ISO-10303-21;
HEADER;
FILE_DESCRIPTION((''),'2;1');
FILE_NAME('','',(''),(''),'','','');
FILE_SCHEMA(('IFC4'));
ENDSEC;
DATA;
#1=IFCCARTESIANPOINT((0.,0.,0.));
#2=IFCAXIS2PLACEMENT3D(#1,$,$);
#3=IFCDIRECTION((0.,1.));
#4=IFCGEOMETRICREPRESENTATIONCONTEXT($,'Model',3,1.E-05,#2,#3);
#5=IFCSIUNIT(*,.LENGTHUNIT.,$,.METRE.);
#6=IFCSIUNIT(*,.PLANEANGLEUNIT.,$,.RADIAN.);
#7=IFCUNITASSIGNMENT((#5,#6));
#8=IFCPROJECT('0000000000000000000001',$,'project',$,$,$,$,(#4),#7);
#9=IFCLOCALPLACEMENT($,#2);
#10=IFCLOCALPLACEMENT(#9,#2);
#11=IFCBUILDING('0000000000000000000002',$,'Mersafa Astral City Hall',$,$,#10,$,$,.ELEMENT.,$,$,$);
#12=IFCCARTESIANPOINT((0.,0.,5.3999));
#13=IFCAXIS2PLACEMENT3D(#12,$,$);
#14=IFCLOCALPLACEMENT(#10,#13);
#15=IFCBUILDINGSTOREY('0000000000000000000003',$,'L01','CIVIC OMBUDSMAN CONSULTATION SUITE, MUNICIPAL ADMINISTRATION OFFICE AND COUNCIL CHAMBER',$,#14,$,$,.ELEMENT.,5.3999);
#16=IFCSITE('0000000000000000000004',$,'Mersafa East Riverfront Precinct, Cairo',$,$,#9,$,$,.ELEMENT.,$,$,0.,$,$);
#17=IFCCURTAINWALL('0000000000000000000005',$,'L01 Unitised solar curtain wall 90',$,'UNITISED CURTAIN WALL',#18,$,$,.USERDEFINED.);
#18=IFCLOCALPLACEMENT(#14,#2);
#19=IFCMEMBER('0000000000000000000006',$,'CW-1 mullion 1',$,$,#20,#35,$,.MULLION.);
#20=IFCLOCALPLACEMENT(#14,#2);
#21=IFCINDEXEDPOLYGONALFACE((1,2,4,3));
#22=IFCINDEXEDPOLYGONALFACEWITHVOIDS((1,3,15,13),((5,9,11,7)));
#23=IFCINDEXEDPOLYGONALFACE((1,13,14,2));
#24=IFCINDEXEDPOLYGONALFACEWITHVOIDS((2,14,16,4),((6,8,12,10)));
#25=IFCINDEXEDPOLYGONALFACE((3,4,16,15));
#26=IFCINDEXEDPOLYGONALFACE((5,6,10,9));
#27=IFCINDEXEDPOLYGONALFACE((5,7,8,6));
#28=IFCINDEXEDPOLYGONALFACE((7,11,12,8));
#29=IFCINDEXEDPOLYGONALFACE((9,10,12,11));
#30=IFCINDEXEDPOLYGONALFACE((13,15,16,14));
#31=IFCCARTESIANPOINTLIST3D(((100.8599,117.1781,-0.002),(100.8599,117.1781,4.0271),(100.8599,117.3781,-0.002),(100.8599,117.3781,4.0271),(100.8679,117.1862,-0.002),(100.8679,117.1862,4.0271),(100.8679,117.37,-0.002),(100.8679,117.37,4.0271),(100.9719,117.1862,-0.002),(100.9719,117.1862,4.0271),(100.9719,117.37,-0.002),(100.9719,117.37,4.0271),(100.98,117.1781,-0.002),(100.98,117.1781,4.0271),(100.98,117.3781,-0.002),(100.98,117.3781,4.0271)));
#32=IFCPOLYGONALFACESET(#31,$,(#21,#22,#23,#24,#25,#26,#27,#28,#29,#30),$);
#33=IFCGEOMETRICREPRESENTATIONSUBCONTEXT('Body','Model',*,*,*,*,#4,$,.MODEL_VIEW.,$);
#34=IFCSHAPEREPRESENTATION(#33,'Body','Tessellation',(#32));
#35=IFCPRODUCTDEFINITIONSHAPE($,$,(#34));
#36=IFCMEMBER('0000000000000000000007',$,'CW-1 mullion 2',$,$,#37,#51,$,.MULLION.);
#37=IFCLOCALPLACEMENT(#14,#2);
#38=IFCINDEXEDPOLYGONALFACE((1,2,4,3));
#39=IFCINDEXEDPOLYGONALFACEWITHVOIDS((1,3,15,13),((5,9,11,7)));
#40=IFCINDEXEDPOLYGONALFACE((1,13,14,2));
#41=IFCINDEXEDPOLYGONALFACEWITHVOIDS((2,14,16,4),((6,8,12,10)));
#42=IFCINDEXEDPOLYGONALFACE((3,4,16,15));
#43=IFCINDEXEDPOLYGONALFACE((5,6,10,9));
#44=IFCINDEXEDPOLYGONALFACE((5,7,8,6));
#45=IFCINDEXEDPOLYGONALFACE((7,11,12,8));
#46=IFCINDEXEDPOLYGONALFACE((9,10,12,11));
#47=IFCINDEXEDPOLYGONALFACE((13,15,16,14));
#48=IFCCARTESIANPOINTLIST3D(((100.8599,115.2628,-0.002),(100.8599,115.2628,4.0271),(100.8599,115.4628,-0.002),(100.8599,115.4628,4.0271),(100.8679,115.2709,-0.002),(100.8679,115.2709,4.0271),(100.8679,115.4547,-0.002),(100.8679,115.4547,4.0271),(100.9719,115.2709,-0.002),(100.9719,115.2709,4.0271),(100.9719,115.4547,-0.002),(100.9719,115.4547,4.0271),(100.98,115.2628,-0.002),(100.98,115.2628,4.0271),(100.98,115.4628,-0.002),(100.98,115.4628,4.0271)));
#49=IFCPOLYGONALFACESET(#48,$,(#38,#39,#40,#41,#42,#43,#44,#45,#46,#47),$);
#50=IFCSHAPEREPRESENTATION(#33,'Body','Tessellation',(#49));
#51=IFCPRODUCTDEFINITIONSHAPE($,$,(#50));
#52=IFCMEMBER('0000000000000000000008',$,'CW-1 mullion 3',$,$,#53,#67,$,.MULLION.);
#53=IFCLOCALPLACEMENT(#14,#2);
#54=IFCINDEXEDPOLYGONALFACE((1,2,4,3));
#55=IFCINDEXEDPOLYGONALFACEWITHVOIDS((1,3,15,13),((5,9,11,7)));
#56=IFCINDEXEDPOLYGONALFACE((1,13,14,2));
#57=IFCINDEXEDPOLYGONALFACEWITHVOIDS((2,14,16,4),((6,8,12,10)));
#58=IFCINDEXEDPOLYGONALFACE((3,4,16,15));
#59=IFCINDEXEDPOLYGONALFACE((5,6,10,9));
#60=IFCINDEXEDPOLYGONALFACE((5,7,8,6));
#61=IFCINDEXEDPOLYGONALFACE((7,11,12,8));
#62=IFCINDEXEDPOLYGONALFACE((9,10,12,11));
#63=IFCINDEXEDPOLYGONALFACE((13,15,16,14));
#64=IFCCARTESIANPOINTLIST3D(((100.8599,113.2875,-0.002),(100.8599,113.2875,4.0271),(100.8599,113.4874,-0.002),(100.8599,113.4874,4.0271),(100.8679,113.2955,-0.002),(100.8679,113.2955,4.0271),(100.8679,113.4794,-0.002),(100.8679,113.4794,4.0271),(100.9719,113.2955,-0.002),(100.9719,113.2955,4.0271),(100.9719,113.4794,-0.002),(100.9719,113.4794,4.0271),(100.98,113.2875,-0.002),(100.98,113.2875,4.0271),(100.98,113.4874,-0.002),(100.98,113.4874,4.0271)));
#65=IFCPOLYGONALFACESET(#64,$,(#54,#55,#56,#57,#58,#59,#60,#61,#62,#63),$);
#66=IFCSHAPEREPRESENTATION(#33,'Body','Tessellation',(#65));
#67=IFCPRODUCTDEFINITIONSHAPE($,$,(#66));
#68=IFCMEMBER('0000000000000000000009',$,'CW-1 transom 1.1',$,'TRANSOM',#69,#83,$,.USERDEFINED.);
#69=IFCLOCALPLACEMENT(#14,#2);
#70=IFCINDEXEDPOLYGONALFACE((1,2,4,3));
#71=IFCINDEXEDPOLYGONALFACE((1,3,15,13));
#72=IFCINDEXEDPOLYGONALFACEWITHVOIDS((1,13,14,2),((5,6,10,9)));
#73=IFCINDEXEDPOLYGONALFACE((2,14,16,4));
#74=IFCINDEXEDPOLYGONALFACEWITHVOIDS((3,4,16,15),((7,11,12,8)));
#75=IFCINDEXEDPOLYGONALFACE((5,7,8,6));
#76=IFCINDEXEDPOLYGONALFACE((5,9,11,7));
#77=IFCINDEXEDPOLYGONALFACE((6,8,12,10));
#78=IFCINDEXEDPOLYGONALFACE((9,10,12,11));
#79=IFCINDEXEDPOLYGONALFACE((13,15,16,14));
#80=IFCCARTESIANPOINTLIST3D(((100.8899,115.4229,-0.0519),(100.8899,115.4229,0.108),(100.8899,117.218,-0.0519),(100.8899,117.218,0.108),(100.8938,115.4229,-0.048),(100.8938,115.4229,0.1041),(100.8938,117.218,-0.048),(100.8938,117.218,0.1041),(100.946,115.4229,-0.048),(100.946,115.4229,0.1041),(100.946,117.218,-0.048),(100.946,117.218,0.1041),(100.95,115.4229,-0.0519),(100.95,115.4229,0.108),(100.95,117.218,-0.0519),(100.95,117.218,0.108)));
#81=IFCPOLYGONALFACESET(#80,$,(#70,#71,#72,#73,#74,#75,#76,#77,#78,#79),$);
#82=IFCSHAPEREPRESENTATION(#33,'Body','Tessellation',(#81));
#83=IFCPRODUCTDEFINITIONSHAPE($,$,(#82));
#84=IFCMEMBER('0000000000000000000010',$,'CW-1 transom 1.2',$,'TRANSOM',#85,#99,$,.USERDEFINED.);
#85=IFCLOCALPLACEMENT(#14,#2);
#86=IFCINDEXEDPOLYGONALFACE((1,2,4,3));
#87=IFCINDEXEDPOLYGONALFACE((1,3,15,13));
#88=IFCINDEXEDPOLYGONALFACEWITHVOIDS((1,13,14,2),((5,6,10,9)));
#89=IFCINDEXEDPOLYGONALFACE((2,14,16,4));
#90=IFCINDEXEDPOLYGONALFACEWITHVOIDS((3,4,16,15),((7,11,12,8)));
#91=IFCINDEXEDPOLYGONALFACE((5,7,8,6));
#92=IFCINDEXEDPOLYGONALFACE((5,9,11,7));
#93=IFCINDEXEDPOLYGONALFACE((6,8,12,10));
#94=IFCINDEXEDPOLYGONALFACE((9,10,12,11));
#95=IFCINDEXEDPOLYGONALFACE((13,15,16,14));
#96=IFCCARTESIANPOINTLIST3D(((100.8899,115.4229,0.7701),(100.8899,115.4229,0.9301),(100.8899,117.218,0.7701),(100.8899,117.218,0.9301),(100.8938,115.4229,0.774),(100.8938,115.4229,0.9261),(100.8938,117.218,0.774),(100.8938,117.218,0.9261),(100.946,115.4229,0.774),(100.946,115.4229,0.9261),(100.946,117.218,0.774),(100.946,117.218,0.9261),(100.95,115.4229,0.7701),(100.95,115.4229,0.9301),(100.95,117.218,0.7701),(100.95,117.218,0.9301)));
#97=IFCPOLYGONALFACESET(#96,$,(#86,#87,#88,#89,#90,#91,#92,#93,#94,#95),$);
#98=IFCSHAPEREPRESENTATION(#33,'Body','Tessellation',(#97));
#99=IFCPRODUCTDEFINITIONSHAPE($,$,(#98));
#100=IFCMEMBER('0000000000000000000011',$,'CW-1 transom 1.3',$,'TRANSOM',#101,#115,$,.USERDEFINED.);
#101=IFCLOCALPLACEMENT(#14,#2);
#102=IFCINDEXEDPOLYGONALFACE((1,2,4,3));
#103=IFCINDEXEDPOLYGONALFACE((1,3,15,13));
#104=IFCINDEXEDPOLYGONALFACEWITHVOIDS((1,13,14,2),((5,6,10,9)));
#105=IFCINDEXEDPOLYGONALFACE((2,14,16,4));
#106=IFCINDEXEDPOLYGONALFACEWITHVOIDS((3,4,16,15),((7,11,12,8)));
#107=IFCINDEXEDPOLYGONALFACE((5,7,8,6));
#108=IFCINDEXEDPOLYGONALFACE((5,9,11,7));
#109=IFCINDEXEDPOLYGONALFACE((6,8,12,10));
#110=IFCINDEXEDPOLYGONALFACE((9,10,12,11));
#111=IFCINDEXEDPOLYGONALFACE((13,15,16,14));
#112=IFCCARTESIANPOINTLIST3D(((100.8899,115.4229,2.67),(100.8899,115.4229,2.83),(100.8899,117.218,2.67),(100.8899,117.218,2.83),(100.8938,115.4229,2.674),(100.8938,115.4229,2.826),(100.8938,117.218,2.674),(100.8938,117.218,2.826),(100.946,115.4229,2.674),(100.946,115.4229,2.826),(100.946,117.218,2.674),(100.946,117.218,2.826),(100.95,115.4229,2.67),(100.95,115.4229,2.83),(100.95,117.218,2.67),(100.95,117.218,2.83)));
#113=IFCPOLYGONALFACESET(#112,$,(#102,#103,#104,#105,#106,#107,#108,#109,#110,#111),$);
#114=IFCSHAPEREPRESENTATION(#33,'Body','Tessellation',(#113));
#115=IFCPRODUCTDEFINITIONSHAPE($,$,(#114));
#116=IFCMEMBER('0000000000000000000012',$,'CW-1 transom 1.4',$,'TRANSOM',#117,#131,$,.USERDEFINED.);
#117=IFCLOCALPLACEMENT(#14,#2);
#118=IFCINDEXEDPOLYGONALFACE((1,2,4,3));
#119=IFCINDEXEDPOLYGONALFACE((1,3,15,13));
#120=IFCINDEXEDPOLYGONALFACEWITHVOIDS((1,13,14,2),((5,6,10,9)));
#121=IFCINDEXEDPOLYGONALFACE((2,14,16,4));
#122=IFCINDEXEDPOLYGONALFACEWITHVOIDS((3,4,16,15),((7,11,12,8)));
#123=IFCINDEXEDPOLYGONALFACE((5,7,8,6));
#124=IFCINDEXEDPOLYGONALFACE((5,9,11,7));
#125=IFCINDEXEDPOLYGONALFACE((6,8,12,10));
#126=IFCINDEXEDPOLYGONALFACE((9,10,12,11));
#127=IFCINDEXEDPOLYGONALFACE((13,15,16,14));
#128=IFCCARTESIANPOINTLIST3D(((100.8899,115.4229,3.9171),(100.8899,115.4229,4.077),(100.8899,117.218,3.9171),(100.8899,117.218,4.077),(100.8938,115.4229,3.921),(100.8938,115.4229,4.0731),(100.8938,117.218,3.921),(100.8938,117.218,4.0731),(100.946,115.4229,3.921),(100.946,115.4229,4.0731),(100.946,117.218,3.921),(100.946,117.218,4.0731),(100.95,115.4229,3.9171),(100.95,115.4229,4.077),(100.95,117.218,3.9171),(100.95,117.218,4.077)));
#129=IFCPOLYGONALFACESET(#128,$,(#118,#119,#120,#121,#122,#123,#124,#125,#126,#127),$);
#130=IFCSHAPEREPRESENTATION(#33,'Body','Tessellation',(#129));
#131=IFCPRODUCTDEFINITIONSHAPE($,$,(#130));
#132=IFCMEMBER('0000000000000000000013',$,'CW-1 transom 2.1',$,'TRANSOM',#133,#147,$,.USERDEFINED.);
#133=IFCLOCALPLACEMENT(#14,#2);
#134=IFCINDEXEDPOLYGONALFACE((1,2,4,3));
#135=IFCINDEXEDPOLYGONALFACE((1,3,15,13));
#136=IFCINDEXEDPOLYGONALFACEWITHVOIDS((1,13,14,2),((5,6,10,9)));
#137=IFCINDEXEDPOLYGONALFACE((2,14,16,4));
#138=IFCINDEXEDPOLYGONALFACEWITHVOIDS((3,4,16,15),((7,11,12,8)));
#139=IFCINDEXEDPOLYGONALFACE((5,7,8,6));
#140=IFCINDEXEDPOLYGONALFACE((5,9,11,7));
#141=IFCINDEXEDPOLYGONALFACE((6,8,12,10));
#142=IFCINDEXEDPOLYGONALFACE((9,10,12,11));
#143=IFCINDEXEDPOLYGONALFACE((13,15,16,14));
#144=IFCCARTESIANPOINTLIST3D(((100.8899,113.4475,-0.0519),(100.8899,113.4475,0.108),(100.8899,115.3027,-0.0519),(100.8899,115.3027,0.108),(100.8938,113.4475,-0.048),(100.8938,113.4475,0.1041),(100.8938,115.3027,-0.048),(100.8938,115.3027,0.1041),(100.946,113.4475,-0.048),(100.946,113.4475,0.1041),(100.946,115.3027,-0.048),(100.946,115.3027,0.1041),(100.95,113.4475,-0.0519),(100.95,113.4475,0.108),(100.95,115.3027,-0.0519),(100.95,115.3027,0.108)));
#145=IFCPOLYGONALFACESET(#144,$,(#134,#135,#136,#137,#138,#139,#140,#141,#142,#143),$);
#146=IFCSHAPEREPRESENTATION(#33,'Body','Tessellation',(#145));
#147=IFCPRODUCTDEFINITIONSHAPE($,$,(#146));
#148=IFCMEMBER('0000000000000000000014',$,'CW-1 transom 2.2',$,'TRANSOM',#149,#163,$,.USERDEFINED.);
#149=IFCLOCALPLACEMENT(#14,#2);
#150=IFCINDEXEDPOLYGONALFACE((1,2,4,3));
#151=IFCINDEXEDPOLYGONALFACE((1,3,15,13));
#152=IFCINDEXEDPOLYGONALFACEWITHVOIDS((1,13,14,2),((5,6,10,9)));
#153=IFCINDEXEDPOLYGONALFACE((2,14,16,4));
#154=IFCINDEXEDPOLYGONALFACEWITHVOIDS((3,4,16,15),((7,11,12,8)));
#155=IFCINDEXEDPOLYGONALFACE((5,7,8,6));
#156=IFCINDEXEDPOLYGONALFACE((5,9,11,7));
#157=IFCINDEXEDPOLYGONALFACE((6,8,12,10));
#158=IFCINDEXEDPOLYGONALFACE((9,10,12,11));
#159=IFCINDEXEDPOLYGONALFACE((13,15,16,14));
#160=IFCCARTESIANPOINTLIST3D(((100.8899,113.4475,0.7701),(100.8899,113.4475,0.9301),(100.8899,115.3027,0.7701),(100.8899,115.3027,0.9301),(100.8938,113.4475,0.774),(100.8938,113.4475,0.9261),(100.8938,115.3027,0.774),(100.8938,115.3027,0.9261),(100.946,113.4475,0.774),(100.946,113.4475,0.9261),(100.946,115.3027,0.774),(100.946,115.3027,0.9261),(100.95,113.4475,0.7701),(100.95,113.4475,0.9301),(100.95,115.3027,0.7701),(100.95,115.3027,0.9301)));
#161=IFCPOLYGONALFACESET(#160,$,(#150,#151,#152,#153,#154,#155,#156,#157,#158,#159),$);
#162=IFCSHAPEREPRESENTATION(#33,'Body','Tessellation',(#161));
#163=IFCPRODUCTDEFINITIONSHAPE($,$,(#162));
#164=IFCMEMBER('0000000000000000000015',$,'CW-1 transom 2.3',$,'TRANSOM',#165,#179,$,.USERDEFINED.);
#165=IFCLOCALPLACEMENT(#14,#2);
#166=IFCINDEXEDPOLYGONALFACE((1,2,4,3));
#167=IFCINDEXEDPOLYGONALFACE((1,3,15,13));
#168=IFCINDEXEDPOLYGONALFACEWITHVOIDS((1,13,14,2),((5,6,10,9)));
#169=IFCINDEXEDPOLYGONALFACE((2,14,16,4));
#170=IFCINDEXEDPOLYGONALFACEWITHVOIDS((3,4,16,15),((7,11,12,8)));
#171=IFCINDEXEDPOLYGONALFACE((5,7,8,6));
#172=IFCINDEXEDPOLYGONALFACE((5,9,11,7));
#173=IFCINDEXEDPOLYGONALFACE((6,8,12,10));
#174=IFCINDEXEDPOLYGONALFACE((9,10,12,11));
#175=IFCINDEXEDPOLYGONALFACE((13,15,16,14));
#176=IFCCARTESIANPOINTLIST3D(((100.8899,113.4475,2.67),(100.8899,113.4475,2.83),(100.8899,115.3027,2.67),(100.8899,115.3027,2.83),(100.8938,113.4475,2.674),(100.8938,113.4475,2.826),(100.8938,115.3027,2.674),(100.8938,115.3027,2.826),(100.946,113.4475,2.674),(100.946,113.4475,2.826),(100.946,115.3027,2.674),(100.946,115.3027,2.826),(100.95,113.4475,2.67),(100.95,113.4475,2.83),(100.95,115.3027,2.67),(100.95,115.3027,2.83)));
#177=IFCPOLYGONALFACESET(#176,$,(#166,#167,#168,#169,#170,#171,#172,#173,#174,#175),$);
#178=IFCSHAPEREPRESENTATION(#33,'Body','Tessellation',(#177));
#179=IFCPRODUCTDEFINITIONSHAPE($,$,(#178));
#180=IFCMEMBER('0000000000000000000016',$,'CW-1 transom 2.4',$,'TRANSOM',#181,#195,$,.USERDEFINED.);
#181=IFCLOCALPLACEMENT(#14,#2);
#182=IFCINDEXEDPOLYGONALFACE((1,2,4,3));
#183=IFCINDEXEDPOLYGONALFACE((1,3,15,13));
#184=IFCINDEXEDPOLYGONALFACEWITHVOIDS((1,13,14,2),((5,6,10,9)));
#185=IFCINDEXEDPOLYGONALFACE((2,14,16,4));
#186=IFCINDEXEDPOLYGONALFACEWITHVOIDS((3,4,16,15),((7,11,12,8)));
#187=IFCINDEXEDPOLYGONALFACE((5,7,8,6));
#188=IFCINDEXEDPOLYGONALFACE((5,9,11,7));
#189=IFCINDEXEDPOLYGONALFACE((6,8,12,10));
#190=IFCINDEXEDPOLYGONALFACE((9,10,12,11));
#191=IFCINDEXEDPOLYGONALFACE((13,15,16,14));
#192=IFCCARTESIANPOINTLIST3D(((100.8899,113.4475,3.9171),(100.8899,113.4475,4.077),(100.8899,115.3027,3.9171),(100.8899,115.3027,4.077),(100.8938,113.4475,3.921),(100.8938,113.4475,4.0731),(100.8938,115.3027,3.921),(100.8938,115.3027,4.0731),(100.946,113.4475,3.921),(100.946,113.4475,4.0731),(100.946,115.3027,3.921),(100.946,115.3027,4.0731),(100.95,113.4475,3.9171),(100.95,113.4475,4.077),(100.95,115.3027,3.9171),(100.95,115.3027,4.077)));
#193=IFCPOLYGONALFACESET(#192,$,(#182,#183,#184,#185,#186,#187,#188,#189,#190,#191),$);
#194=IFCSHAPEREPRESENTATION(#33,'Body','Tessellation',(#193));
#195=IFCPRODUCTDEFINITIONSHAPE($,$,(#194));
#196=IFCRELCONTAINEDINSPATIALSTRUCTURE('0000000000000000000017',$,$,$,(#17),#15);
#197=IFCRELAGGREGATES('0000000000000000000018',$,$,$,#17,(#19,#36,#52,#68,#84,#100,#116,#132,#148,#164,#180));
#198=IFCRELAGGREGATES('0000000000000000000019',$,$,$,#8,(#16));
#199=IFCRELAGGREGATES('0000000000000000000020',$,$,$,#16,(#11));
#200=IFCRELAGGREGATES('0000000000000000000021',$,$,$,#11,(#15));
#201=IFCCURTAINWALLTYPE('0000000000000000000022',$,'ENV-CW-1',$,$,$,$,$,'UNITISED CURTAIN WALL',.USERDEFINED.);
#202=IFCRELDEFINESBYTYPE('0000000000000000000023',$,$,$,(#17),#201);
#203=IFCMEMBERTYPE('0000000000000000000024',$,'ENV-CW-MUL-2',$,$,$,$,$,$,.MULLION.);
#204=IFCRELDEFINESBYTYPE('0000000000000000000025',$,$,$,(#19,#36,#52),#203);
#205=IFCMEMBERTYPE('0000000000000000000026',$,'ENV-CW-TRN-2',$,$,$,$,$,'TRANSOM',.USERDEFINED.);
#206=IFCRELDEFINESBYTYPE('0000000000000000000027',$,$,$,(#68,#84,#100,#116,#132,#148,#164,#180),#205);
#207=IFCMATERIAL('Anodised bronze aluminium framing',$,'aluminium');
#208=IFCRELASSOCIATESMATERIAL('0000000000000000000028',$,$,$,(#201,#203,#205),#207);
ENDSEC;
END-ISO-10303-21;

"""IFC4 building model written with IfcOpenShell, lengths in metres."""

from ifc_helpers import new_model, si_unit, direction, frame, origin, origin_2d, place, context, subcontext, project, spatial, hollow_rectangle, extrude, material, material_profile, profile_set, type_object, element, aggregate, save


model = new_model("IFC4")

# Units and contexts
model_context = context("Model", 3, precision=1e-05, world=origin(), true_north=direction((0.0, 1.0)))
body_context = subcontext(model_context, "Body", "Model", "MODEL_VIEW")
ifc_project = project(units=[si_unit("LENGTHUNIT", "METRE"), si_unit("PLANEANGLEUNIT", "RADIAN")], contexts=[model_context])

# Site, building, storey
site_placement = place(None, origin())
site = spatial("IfcSite", under=ifc_project, at=site_placement, Name="Mersafa East Riverfront Precinct, Cairo", CompositionType="ELEMENT", RefElevation=0.0)
building_placement = place(site_placement, origin())
building = spatial("IfcBuilding", under=site, at=building_placement, Name="Mersafa Astral City Hall", CompositionType="ELEMENT")
storey_placement = place(building_placement, frame((0.0, 0.0, 5.3999)))
storey = spatial("IfcBuildingStorey", under=building, at=storey_placement, Name="L01", Description="CIVIC OMBUDSMAN CONSULTATION SUITE, MUNICIPAL ADMINISTRATION OFFICE AND COUNCIL CHAMBER", CompositionType="ELEMENT", Elevation=5.3999)

# Curtain wall, members
ifc_material_1 = material(Name="Anodised bronze aluminium framing", Category="aluminium")
curtain_wall_type = type_object("IfcCurtainWallType", Name="ENV-CW-1", ElementType="UNITISED CURTAIN WALL", PredefinedType="USERDEFINED", material=ifc_material_1)
curtain_wall_placement = place(storey_placement, origin())
curtain_wall = element("IfcCurtainWall", 1, at=curtain_wall_placement, inside=storey, type_object=curtain_wall_type, Name="L01 Unitised solar curtain wall 90", ObjectType="UNITISED CURTAIN WALL", PredefinedType="USERDEFINED")
ifc_material_profile_1 = material_profile(ifc_material_1, hollow_rectangle(XDim=0.1201, YDim=0.2, WallThickness=0.0081, at=origin_2d()), Name="RHS 120x200x8")
ifc_profile_set_1 = profile_set([ifc_material_profile_1], Name="Anodised bronze aluminium framing")
member_type_1 = type_object("IfcMemberType", Name="ENV-CW-MUL-2", PredefinedType="MULLION", material=ifc_profile_set_1)
member_1_placement = place(storey_placement, frame((100.9199, 117.2781, -0.002), z_axis=(0.0, 0.0, 1.0), x_axis=(1.0, 0.0, 0.0)))
member_1 = element("IfcMember", 2, at=member_1_placement, type_object=member_type_1, Name="CW-1 mullion 1", PredefinedType="MULLION", context=body_context, shape_type="SweptSolid", body=[
    extrude(hollow_rectangle(XDim=0.1201, YDim=0.2, WallThickness=0.0081, at=origin_2d()), origin(), (0.0, 0.0, 1.0), 4.0291),
])
member_2_placement = place(storey_placement, frame((100.9199, 115.3628, -0.002), z_axis=(0.0, 0.0, 1.0), x_axis=(1.0, 0.0, 0.0)))
member_2 = element("IfcMember", 3, at=member_2_placement, type_object=member_type_1, Name="CW-1 mullion 2", PredefinedType="MULLION", context=body_context, shape_type="SweptSolid", body=[
    extrude(hollow_rectangle(XDim=0.1201, YDim=0.2, WallThickness=0.0081, at=origin_2d()), origin(), (0.0, 0.0, 1.0), 4.0291),
])
member_3_placement = place(storey_placement, frame((100.9199, 113.3875, -0.002), z_axis=(0.0, 0.0, 1.0), x_axis=(1.0, 0.0, 0.0)))
member_3 = element("IfcMember", 4, at=member_3_placement, type_object=member_type_1, Name="CW-1 mullion 3", PredefinedType="MULLION", context=body_context, shape_type="SweptSolid", body=[
    extrude(hollow_rectangle(XDim=0.1201, YDim=0.2, WallThickness=0.0081, at=origin_2d()), origin(), (0.0, 0.0, 1.0), 4.0291),
])
ifc_material_profile_2 = material_profile(ifc_material_1, hollow_rectangle(XDim=0.0601, YDim=0.1599, WallThickness=0.0039, at=origin_2d()), Name="RHS 60x160x4")
ifc_profile_set_2 = profile_set([ifc_material_profile_2], Name="Anodised bronze aluminium framing")
member_type_2 = type_object("IfcMemberType", Name="ENV-CW-TRN-2", ElementType="TRANSOM", PredefinedType="USERDEFINED", material=ifc_profile_set_2)
member_4_placement = place(storey_placement, frame((100.9199, 117.218, 0.0281), z_axis=(0.0, -1.0, 0.0), x_axis=(1.0, 0.0, 0.0)))
member_4 = element("IfcMember", 5, at=member_4_placement, type_object=member_type_2, Name="CW-1 transom 1.1", ObjectType="TRANSOM", PredefinedType="USERDEFINED", context=body_context, shape_type="SweptSolid", body=[
    extrude(hollow_rectangle(XDim=0.0601, YDim=0.1599, WallThickness=0.0039, at=origin_2d()), origin(), (0.0, 0.0, 1.0), 1.7952),
])
member_5_placement = place(storey_placement, frame((100.9199, 117.218, 0.8501), z_axis=(0.0, -1.0, 0.0), x_axis=(1.0, 0.0, 0.0)))
member_5 = element("IfcMember", 6, at=member_5_placement, type_object=member_type_2, Name="CW-1 transom 1.2", ObjectType="TRANSOM", PredefinedType="USERDEFINED", context=body_context, shape_type="SweptSolid", body=[
    extrude(hollow_rectangle(XDim=0.0601, YDim=0.1599, WallThickness=0.0039, at=origin_2d()), origin(), (0.0, 0.0, 1.0), 1.7952),
])
member_6_placement = place(storey_placement, frame((100.9199, 117.218, 2.75), z_axis=(0.0, -1.0, 0.0), x_axis=(1.0, 0.0, 0.0)))
member_6 = element("IfcMember", 7, at=member_6_placement, type_object=member_type_2, Name="CW-1 transom 1.3", ObjectType="TRANSOM", PredefinedType="USERDEFINED", context=body_context, shape_type="SweptSolid", body=[
    extrude(hollow_rectangle(XDim=0.0601, YDim=0.1599, WallThickness=0.0039, at=origin_2d()), origin(), (0.0, 0.0, 1.0), 1.7952),
])
member_7_placement = place(storey_placement, frame((100.9199, 117.218, 3.9971), z_axis=(0.0, -1.0, 0.0), x_axis=(1.0, 0.0, 0.0)))
member_7 = element("IfcMember", 8, at=member_7_placement, type_object=member_type_2, Name="CW-1 transom 1.4", ObjectType="TRANSOM", PredefinedType="USERDEFINED", context=body_context, shape_type="SweptSolid", body=[
    extrude(hollow_rectangle(XDim=0.0601, YDim=0.1599, WallThickness=0.0039, at=origin_2d()), origin(), (0.0, 0.0, 1.0), 1.7952),
])
member_8_placement = place(storey_placement, frame((100.9199, 115.3027, 0.0281), z_axis=(0.0, -1.0, 0.0), x_axis=(1.0, 0.0, 0.0)))
member_8 = element("IfcMember", 9, at=member_8_placement, type_object=member_type_2, Name="CW-1 transom 2.1", ObjectType="TRANSOM", PredefinedType="USERDEFINED", context=body_context, shape_type="SweptSolid", body=[
    extrude(hollow_rectangle(XDim=0.0601, YDim=0.1599, WallThickness=0.0039, at=origin_2d()), origin(), (0.0, 0.0, 1.0), 1.8552),
])
member_9_placement = place(storey_placement, frame((100.9199, 115.3027, 0.8501), z_axis=(0.0, -1.0, 0.0), x_axis=(1.0, 0.0, 0.0)))
member_9 = element("IfcMember", 10, at=member_9_placement, type_object=member_type_2, Name="CW-1 transom 2.2", ObjectType="TRANSOM", PredefinedType="USERDEFINED", context=body_context, shape_type="SweptSolid", body=[
    extrude(hollow_rectangle(XDim=0.0601, YDim=0.1599, WallThickness=0.0039, at=origin_2d()), origin(), (0.0, 0.0, 1.0), 1.8552),
])
member_10_placement = place(storey_placement, frame((100.9199, 115.3027, 2.75), z_axis=(0.0, -1.0, 0.0), x_axis=(1.0, 0.0, 0.0)))
member_10 = element("IfcMember", 11, at=member_10_placement, type_object=member_type_2, Name="CW-1 transom 2.3", ObjectType="TRANSOM", PredefinedType="USERDEFINED", context=body_context, shape_type="SweptSolid", body=[
    extrude(hollow_rectangle(XDim=0.0601, YDim=0.1599, WallThickness=0.0039, at=origin_2d()), origin(), (0.0, 0.0, 1.0), 1.8552),
])
member_11_placement = place(storey_placement, frame((100.9199, 115.3027, 3.9971), z_axis=(0.0, -1.0, 0.0), x_axis=(1.0, 0.0, 0.0)))
member_11 = element("IfcMember", 12, at=member_11_placement, type_object=member_type_2, Name="CW-1 transom 2.4", ObjectType="TRANSOM", PredefinedType="USERDEFINED", context=body_context, shape_type="SweptSolid", body=[
    extrude(hollow_rectangle(XDim=0.0601, YDim=0.1599, WallThickness=0.0039, at=origin_2d()), origin(), (0.0, 0.0, 1.0), 1.8552),
])
aggregate(curtain_wall, [member_1, member_2, member_3, member_4, member_5, member_6, member_7, member_8, member_9, member_10, member_11])

save(model, "model.ifc")
